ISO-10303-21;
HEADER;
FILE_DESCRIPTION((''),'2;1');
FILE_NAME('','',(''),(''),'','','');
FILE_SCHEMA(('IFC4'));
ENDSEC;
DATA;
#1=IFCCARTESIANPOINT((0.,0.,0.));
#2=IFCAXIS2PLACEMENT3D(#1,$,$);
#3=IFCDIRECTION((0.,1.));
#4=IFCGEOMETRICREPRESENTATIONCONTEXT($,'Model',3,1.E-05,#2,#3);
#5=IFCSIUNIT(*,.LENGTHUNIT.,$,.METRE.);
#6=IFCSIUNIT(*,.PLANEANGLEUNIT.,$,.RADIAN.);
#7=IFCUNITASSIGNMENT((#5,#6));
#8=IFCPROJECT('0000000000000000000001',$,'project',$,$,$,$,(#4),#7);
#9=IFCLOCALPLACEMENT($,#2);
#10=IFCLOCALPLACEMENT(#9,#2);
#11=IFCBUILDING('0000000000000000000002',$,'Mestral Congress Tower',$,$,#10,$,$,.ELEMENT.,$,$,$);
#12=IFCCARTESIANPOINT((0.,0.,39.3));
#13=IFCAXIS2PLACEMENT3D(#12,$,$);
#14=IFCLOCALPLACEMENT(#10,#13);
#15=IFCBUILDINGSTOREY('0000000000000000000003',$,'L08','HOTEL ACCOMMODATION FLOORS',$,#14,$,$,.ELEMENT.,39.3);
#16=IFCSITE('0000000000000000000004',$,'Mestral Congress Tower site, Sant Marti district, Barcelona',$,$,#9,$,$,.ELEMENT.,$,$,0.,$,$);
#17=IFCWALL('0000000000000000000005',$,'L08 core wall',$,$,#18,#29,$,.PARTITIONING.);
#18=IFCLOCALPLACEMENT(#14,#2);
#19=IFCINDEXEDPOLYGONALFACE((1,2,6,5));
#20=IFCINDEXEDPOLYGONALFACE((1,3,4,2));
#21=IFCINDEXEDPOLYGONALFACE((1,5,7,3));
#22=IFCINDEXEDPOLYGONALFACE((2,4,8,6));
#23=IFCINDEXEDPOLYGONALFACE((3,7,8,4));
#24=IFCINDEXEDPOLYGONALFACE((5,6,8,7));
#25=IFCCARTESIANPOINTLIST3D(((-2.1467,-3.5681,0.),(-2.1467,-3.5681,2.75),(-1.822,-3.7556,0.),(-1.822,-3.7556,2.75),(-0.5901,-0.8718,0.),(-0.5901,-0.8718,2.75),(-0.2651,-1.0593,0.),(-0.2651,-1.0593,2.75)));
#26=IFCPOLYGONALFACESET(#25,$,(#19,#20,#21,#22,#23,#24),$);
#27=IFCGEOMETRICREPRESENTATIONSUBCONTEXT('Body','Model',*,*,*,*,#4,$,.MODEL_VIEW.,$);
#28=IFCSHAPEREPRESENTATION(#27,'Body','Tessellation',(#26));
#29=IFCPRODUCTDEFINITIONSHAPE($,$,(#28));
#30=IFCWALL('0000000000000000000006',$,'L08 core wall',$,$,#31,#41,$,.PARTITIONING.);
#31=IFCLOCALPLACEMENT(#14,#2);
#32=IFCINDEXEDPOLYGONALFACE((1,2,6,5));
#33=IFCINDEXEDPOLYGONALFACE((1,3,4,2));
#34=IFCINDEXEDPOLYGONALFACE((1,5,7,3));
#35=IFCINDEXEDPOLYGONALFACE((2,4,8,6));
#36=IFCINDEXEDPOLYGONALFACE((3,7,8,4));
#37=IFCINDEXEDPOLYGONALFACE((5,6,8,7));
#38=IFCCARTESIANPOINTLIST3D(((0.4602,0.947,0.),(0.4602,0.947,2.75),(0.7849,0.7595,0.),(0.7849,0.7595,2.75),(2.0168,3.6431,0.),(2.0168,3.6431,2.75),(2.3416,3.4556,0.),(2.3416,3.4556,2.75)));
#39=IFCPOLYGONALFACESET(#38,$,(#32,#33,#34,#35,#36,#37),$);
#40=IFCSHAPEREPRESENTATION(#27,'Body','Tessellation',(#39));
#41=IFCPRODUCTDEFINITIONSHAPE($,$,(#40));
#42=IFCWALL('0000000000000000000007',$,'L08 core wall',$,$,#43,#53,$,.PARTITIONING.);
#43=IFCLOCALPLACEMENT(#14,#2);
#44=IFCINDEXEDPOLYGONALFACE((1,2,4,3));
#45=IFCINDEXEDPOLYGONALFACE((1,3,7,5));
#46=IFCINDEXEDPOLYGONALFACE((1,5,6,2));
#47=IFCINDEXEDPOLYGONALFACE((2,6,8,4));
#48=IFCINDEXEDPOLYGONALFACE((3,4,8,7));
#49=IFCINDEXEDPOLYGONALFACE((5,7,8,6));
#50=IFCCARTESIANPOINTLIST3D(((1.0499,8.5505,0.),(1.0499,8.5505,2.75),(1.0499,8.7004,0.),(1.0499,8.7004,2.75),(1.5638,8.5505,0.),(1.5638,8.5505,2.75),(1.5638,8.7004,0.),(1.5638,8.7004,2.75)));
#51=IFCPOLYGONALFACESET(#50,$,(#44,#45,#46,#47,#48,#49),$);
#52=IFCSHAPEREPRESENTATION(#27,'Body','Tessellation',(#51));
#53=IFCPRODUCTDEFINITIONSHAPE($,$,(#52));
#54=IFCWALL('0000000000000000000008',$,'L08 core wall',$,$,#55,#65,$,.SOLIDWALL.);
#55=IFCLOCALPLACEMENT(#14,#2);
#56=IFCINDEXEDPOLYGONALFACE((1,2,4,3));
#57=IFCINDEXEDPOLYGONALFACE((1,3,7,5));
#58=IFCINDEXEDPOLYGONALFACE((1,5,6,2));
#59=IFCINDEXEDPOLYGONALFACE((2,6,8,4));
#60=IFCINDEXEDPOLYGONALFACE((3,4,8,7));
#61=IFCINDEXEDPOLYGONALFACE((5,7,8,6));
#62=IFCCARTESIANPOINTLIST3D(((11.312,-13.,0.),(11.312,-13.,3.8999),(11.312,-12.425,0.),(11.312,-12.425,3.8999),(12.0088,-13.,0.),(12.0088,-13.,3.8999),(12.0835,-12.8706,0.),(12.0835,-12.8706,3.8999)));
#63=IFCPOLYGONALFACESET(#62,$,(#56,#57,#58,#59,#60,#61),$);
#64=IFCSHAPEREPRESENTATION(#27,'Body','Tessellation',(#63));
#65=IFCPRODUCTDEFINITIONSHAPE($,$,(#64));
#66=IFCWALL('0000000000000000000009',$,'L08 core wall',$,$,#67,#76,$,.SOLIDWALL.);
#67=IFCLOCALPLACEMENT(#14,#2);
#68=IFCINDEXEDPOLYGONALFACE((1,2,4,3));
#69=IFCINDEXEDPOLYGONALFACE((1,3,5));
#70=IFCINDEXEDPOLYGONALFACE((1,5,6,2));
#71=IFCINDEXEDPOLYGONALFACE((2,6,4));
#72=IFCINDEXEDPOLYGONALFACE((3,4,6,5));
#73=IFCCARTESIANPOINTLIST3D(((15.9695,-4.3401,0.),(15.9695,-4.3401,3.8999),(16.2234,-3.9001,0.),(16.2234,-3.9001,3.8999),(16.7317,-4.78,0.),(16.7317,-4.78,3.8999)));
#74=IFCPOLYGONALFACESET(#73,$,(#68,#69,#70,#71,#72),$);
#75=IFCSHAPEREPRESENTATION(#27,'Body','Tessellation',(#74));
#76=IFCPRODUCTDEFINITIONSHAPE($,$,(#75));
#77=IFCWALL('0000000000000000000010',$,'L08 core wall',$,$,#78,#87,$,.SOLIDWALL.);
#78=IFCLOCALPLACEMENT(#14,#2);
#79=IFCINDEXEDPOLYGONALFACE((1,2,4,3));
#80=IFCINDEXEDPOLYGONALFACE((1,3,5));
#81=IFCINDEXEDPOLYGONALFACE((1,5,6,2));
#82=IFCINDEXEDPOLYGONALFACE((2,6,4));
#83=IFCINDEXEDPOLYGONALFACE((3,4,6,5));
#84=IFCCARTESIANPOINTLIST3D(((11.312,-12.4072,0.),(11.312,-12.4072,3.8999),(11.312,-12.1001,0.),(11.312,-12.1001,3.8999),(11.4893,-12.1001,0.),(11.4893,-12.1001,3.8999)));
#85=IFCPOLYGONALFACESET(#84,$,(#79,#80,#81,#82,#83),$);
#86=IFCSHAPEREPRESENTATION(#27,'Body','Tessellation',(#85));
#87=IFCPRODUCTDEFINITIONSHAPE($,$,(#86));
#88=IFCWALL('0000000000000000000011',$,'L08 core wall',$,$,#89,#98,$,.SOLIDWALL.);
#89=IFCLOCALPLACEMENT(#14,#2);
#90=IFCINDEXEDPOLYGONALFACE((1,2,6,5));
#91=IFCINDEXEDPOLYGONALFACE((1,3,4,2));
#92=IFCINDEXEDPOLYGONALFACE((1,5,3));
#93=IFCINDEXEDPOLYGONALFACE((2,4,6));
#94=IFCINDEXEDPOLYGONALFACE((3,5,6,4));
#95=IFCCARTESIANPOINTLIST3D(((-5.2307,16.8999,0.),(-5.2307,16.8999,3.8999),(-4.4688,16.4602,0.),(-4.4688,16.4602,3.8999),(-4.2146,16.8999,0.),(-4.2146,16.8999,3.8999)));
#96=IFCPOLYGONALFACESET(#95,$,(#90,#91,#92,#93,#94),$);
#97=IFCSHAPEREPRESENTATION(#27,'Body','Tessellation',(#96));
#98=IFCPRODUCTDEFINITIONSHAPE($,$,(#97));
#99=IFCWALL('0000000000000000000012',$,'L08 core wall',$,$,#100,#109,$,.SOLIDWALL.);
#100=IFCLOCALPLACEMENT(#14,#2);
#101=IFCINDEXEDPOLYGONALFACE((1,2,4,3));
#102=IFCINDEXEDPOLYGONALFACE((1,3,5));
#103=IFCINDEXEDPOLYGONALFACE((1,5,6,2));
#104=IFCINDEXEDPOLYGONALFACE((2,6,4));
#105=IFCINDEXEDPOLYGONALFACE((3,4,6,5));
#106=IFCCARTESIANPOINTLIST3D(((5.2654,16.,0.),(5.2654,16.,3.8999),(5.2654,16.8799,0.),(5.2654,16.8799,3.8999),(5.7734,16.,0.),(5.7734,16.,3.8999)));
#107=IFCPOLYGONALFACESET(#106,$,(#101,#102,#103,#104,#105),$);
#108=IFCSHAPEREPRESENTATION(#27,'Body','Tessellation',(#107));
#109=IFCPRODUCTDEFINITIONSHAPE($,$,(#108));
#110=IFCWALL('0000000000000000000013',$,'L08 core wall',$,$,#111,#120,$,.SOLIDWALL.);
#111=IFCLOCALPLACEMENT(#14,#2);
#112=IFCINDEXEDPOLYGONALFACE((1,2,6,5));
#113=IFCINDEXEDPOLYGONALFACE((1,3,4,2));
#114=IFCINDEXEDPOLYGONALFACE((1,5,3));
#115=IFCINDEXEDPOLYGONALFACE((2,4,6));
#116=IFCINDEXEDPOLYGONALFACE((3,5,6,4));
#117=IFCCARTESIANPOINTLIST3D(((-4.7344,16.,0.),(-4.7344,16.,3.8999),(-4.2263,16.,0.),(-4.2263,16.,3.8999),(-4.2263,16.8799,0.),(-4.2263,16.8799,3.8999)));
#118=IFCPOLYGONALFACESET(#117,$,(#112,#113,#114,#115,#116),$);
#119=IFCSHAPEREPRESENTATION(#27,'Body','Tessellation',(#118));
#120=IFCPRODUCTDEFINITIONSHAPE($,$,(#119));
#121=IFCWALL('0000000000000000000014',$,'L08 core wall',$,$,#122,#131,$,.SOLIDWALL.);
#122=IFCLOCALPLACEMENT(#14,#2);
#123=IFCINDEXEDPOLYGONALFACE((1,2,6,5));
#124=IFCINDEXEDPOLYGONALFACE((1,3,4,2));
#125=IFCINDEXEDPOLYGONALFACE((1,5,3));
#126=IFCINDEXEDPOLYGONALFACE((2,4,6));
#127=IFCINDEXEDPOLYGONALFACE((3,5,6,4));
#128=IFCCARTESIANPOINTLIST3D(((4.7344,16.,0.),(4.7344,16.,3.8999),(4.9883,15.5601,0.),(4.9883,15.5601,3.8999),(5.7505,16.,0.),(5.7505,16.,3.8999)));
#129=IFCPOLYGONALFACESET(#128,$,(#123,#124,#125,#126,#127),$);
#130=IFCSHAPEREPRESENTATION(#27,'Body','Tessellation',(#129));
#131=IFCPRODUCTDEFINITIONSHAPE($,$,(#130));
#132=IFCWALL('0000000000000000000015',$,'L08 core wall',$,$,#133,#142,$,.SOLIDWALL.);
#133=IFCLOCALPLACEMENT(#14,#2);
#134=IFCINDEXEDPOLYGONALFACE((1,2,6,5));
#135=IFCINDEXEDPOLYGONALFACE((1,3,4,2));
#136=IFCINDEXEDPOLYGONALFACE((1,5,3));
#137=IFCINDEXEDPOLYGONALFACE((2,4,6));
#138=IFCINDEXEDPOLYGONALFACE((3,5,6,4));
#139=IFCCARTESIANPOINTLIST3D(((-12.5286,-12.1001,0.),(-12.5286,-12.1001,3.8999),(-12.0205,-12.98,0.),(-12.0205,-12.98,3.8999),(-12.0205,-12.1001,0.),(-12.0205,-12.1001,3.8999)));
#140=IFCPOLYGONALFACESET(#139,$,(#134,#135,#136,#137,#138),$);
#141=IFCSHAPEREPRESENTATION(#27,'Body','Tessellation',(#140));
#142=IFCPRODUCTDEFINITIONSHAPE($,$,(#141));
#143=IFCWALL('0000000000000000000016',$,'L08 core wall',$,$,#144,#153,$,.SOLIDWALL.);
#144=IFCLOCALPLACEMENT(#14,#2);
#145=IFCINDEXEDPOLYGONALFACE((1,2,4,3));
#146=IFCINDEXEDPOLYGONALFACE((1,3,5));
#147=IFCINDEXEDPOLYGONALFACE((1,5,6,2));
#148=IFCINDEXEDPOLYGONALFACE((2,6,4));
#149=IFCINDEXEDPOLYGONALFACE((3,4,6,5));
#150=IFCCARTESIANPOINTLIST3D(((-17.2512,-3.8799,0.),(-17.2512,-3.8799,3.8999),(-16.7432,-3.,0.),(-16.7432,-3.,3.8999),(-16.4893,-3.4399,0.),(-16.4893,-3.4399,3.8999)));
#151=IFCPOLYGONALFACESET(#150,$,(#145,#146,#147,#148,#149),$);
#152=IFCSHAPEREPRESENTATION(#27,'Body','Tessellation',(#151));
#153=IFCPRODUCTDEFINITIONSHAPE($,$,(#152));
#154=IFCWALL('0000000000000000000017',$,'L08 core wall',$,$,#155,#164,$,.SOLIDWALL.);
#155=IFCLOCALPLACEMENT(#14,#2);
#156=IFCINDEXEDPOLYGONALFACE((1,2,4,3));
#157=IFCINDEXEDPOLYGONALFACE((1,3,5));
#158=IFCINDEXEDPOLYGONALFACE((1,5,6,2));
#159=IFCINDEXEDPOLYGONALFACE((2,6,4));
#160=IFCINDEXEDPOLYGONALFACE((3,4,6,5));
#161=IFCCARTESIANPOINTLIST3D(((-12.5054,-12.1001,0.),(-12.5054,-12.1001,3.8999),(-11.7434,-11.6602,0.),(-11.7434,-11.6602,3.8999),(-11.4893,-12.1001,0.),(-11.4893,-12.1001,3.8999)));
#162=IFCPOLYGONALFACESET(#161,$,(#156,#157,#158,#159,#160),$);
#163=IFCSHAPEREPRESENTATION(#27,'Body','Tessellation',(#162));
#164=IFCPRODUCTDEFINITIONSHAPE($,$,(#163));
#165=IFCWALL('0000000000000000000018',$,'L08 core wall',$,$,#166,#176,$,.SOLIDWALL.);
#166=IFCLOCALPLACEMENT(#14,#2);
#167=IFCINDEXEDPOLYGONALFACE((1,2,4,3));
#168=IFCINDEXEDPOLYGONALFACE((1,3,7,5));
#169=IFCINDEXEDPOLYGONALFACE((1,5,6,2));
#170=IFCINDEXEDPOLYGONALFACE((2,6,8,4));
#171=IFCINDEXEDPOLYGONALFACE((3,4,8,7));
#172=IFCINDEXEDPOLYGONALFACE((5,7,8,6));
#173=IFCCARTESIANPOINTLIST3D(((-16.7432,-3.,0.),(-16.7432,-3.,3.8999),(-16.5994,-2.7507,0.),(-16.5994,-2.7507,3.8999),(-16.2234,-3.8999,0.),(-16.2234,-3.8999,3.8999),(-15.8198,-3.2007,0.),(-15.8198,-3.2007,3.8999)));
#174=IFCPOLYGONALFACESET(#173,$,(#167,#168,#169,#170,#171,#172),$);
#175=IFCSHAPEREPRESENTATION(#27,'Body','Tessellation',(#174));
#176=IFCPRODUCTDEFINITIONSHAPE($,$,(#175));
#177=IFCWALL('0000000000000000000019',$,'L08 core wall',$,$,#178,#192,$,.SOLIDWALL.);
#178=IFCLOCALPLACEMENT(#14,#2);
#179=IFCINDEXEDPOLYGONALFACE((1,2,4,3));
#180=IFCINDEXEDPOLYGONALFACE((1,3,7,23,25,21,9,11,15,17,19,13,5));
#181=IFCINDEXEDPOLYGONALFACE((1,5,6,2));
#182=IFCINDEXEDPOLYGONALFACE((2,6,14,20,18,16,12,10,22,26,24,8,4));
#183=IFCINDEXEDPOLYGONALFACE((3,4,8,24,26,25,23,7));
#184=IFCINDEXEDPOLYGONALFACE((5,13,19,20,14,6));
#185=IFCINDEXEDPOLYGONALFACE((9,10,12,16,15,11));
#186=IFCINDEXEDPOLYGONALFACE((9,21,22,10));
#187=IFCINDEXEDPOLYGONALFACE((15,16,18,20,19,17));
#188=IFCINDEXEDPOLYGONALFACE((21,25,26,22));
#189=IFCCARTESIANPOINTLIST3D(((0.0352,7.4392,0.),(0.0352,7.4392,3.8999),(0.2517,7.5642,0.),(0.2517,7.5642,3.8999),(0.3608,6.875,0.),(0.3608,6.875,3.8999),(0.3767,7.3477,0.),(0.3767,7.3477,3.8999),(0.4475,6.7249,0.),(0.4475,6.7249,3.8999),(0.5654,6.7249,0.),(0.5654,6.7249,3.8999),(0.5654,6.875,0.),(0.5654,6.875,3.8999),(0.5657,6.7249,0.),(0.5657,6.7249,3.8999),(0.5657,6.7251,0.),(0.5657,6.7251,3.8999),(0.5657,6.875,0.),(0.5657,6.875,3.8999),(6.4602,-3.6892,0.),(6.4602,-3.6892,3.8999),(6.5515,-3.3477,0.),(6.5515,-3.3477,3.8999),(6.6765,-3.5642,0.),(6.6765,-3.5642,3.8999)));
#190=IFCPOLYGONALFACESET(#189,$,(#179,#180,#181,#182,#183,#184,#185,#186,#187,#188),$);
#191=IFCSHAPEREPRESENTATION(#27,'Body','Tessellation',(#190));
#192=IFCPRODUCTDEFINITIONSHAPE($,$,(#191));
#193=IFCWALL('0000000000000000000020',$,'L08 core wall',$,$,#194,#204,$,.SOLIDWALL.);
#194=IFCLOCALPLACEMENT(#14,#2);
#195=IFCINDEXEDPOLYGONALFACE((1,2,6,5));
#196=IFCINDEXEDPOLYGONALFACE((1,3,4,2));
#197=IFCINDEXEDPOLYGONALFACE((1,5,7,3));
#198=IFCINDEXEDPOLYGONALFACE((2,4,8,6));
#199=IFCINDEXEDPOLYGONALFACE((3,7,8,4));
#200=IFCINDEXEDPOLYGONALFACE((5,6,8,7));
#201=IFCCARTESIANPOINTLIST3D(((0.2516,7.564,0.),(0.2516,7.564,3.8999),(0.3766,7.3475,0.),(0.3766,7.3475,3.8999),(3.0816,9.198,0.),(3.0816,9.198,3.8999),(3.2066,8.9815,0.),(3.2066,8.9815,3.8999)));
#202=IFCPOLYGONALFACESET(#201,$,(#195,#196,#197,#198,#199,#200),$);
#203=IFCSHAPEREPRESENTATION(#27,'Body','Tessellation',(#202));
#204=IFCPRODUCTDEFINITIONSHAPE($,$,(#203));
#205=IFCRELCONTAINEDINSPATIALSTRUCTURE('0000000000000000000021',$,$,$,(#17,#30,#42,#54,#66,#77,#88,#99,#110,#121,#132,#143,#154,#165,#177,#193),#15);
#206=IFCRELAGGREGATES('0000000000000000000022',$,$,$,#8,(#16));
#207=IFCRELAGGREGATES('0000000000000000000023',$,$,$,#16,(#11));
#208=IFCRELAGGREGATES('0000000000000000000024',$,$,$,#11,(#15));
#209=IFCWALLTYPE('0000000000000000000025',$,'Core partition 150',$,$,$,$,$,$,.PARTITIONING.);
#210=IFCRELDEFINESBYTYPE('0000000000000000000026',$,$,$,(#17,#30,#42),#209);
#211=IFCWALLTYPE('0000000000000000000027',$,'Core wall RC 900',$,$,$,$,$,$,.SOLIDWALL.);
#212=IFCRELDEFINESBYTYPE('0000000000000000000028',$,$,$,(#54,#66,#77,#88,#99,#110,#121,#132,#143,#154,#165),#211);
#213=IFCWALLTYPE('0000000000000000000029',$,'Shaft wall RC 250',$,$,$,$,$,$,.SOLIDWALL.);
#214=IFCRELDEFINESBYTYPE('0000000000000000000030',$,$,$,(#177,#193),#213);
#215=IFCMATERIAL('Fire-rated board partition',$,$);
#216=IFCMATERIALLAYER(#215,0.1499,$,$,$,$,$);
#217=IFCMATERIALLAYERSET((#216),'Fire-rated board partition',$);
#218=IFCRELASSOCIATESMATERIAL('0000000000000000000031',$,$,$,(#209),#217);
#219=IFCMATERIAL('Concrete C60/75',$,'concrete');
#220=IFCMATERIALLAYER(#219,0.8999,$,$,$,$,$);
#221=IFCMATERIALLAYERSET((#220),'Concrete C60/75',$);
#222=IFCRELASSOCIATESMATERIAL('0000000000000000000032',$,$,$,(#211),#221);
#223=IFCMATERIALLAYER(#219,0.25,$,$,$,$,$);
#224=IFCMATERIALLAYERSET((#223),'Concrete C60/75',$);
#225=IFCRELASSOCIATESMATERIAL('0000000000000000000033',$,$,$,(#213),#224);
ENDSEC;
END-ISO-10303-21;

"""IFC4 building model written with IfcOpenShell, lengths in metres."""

from ifc_helpers import new_model, si_unit, direction, frame, frame_2d, origin, place, context, subcontext, project, spatial, polyline, rectangle, outline, extrude, material, layer, layer_set, type_object, element, save


model = new_model("IFC4")

# Units and contexts
model_context = context("Model", 3, precision=1e-05, world=origin(), true_north=direction((0.0, 1.0)))
body_context = subcontext(model_context, "Body", "Model", "MODEL_VIEW")
ifc_project = project(units=[si_unit("LENGTHUNIT", "METRE"), si_unit("PLANEANGLEUNIT", "RADIAN")], contexts=[model_context])

# Site, building, storey
site_placement = place(None, origin())
site = spatial("IfcSite", under=ifc_project, at=site_placement, Name="Mestral Congress Tower site, Sant Marti district, Barcelona", CompositionType="ELEMENT", RefElevation=0.0)
building_placement = place(site_placement, origin())
building = spatial("IfcBuilding", under=site, at=building_placement, Name="Mestral Congress Tower", CompositionType="ELEMENT")
storey_placement = place(building_placement, frame((0.0, 0.0, 39.3)))
storey = spatial("IfcBuildingStorey", under=building, at=storey_placement, Name="L08", Description="HOTEL ACCOMMODATION FLOORS", CompositionType="ELEMENT", Elevation=39.3)

# Walls
ifc_material_1 = material(Name="Fire-rated board partition")
ifc_layer_1 = layer(ifc_material_1, 0.1499)
ifc_layer_set_1 = layer_set([ifc_layer_1], Name="Fire-rated board partition")
wall_type_1 = type_object("IfcWallType", Name="Core partition 150", PredefinedType="PARTITIONING", material=ifc_layer_set_1)
placement = place(storey_placement, origin())
element("IfcWall", 1, at=placement, inside=storey, type_object=wall_type_1, Name="L08 core wall", PredefinedType="PARTITIONING", context=body_context, shape_type="SweptSolid", body=[
    extrude(outline(polyline([(-0.5901, -0.8718), (-0.2651, -1.0593), (-1.822, -3.7556), (-2.1467, -3.5681), (-0.5901, -0.8718)])), origin(), (0.0, 0.0, 1.0), 2.75),
])
element("IfcWall", 2, at=placement, inside=storey, type_object=wall_type_1, Name="L08 core wall", PredefinedType="PARTITIONING", context=body_context, shape_type="SweptSolid", body=[
    extrude(outline(polyline([(2.0168, 3.6431), (2.3416, 3.4556), (0.7849, 0.7595), (0.4602, 0.947), (2.0168, 3.6431)])), origin(), (0.0, 0.0, 1.0), 2.75),
])
wall_1_placement = place(storey_placement, frame((1.05, 8.6255, 0.0), z_axis=(0.0, 0.0, 1.0), x_axis=(1.0, 0.0, 0.0)))
element("IfcWall", 3, at=wall_1_placement, inside=storey, type_object=wall_type_1, Name="L08 core wall", PredefinedType="PARTITIONING", context=body_context, shape_type="SweptSolid", body=[
    extrude(rectangle(XDim=0.5139, YDim=0.1499, at=frame_2d((0.2568, 0.0))), origin(), (0.0, 0.0, 1.0), 2.75),
])
ifc_material_2 = material(Name="Concrete C60/75", Category="concrete")
ifc_layer_2 = layer(ifc_material_2, 0.8999)
ifc_layer_set_2 = layer_set([ifc_layer_2], Name="Concrete C60/75")
wall_type_2 = type_object("IfcWallType", Name="Core wall RC 900", PredefinedType="SOLIDWALL", material=ifc_layer_set_2)
element("IfcWall", 4, at=placement, inside=storey, type_object=wall_type_2, Name="L08 core wall", PredefinedType="SOLIDWALL", context=body_context, shape_type="SweptSolid", body=[
    extrude(outline(polyline([(12.0088, -13.0), (11.312, -13.0), (11.312, -12.425), (12.0835, -12.8706), (12.0088, -13.0)])), origin(), (0.0, 0.0, 1.0), 3.8999),
])
element("IfcWall", 5, at=placement, inside=storey, type_object=wall_type_2, Name="L08 core wall", PredefinedType="SOLIDWALL", context=body_context, shape_type="SweptSolid", body=[
    extrude(outline(polyline([(16.2234, -3.9001), (16.7317, -4.78), (15.9695, -4.3401), (16.2234, -3.9001)])), origin(), (0.0, 0.0, 1.0), 3.8999),
])
element("IfcWall", 6, at=placement, inside=storey, type_object=wall_type_2, Name="L08 core wall", PredefinedType="SOLIDWALL", context=body_context, shape_type="SweptSolid", body=[
    extrude(outline(polyline([(11.4893, -12.1001), (11.312, -12.4072), (11.312, -12.1001), (11.4893, -12.1001)])), origin(), (0.0, 0.0, 1.0), 3.8999),
])
element("IfcWall", 7, at=placement, inside=storey, type_object=wall_type_2, Name="L08 core wall", PredefinedType="SOLIDWALL", context=body_context, shape_type="SweptSolid", body=[
    extrude(outline(polyline([(-4.2146, 16.8999), (-4.4688, 16.4602), (-5.2307, 16.8999), (-4.2146, 16.8999)])), origin(), (0.0, 0.0, 1.0), 3.8999),
])
element("IfcWall", 8, at=placement, inside=storey, type_object=wall_type_2, Name="L08 core wall", PredefinedType="SOLIDWALL", context=body_context, shape_type="SweptSolid", body=[
    extrude(outline(polyline([(5.2654, 16.0), (5.2654, 16.8799), (5.7734, 16.0), (5.2654, 16.0)])), origin(), (0.0, 0.0, 1.0), 3.8999),
])
element("IfcWall", 9, at=placement, inside=storey, type_object=wall_type_2, Name="L08 core wall", PredefinedType="SOLIDWALL", context=body_context, shape_type="SweptSolid", body=[
    extrude(outline(polyline([(-4.7344, 16.0), (-4.2263, 16.8799), (-4.2263, 16.0), (-4.7344, 16.0)])), origin(), (0.0, 0.0, 1.0), 3.8999),
])
element("IfcWall", 10, at=placement, inside=storey, type_object=wall_type_2, Name="L08 core wall", PredefinedType="SOLIDWALL", context=body_context, shape_type="SweptSolid", body=[
    extrude(outline(polyline([(4.7344, 16.0), (5.7505, 16.0), (4.9883, 15.5601), (4.7344, 16.0)])), origin(), (0.0, 0.0, 1.0), 3.8999),
])
element("IfcWall", 11, at=placement, inside=storey, type_object=wall_type_2, Name="L08 core wall", PredefinedType="SOLIDWALL", context=body_context, shape_type="SweptSolid", body=[
    extrude(outline(polyline([(-12.5286, -12.1001), (-12.0205, -12.1001), (-12.0205, -12.98), (-12.5286, -12.1001)])), origin(), (0.0, 0.0, 1.0), 3.8999),
])
element("IfcWall", 12, at=placement, inside=storey, type_object=wall_type_2, Name="L08 core wall", PredefinedType="SOLIDWALL", context=body_context, shape_type="SweptSolid", body=[
    extrude(outline(polyline([(-16.4893, -3.4399), (-17.2512, -3.8799), (-16.7432, -3.0), (-16.4893, -3.4399)])), origin(), (0.0, 0.0, 1.0), 3.8999),
])
element("IfcWall", 13, at=placement, inside=storey, type_object=wall_type_2, Name="L08 core wall", PredefinedType="SOLIDWALL", context=body_context, shape_type="SweptSolid", body=[
    extrude(outline(polyline([(-11.4893, -12.1001), (-12.5054, -12.1001), (-11.7434, -11.6602), (-11.4893, -12.1001)])), origin(), (0.0, 0.0, 1.0), 3.8999),
])
element("IfcWall", 14, at=placement, inside=storey, type_object=wall_type_2, Name="L08 core wall", PredefinedType="SOLIDWALL", context=body_context, shape_type="SweptSolid", body=[
    extrude(outline(polyline([(-15.8198, -3.2007), (-16.2234, -3.8999), (-16.7432, -3.0), (-16.5994, -2.7507), (-15.8198, -3.2007)])), origin(), (0.0, 0.0, 1.0), 3.8999),
])
ifc_layer_3 = layer(ifc_material_2, 0.25)
ifc_layer_set_3 = layer_set([ifc_layer_3], Name="Concrete C60/75")
wall_type_3 = type_object("IfcWallType", Name="Shaft wall RC 250", PredefinedType="SOLIDWALL", material=ifc_layer_set_3)
element("IfcWall", 15, at=placement, inside=storey, type_object=wall_type_3, Name="L08 core wall", PredefinedType="SOLIDWALL", context=body_context, shape_type="SweptSolid", body=[
    extrude(outline(polyline([(0.5657, 6.7251), (0.5657, 6.875), (0.5657, 6.875), (0.5654, 6.875), (0.3608, 6.875), (0.0352, 7.4392), (0.2517, 7.5642), (0.3767, 7.3477), (6.5515, -3.3477), (6.6765, -3.5642), (6.4602, -3.6892), (0.4475, 6.7249), (0.5654, 6.7249), (0.5657, 6.7249), (0.5657, 6.7251)])), origin(), (0.0, 0.0, 1.0), 3.8999),
])
wall_2_placement = place(storey_placement, frame((0.3142, 7.4558, 0.0), z_axis=(0.0, 0.0, 1.0), x_axis=(0.866014, 0.50002, 0.0)))
element("IfcWall", 16, at=wall_2_placement, inside=storey, type_object=wall_type_3, Name="L08 core wall", PredefinedType="SOLIDWALL", context=body_context, shape_type="SweptSolid", body=[
    extrude(rectangle(XDim=3.2678, YDim=0.25, at=frame_2d((1.6338, 0.0))), origin(), (0.0, 0.0, 1.0), 3.8999),
])

save(model, "model.ifc")
